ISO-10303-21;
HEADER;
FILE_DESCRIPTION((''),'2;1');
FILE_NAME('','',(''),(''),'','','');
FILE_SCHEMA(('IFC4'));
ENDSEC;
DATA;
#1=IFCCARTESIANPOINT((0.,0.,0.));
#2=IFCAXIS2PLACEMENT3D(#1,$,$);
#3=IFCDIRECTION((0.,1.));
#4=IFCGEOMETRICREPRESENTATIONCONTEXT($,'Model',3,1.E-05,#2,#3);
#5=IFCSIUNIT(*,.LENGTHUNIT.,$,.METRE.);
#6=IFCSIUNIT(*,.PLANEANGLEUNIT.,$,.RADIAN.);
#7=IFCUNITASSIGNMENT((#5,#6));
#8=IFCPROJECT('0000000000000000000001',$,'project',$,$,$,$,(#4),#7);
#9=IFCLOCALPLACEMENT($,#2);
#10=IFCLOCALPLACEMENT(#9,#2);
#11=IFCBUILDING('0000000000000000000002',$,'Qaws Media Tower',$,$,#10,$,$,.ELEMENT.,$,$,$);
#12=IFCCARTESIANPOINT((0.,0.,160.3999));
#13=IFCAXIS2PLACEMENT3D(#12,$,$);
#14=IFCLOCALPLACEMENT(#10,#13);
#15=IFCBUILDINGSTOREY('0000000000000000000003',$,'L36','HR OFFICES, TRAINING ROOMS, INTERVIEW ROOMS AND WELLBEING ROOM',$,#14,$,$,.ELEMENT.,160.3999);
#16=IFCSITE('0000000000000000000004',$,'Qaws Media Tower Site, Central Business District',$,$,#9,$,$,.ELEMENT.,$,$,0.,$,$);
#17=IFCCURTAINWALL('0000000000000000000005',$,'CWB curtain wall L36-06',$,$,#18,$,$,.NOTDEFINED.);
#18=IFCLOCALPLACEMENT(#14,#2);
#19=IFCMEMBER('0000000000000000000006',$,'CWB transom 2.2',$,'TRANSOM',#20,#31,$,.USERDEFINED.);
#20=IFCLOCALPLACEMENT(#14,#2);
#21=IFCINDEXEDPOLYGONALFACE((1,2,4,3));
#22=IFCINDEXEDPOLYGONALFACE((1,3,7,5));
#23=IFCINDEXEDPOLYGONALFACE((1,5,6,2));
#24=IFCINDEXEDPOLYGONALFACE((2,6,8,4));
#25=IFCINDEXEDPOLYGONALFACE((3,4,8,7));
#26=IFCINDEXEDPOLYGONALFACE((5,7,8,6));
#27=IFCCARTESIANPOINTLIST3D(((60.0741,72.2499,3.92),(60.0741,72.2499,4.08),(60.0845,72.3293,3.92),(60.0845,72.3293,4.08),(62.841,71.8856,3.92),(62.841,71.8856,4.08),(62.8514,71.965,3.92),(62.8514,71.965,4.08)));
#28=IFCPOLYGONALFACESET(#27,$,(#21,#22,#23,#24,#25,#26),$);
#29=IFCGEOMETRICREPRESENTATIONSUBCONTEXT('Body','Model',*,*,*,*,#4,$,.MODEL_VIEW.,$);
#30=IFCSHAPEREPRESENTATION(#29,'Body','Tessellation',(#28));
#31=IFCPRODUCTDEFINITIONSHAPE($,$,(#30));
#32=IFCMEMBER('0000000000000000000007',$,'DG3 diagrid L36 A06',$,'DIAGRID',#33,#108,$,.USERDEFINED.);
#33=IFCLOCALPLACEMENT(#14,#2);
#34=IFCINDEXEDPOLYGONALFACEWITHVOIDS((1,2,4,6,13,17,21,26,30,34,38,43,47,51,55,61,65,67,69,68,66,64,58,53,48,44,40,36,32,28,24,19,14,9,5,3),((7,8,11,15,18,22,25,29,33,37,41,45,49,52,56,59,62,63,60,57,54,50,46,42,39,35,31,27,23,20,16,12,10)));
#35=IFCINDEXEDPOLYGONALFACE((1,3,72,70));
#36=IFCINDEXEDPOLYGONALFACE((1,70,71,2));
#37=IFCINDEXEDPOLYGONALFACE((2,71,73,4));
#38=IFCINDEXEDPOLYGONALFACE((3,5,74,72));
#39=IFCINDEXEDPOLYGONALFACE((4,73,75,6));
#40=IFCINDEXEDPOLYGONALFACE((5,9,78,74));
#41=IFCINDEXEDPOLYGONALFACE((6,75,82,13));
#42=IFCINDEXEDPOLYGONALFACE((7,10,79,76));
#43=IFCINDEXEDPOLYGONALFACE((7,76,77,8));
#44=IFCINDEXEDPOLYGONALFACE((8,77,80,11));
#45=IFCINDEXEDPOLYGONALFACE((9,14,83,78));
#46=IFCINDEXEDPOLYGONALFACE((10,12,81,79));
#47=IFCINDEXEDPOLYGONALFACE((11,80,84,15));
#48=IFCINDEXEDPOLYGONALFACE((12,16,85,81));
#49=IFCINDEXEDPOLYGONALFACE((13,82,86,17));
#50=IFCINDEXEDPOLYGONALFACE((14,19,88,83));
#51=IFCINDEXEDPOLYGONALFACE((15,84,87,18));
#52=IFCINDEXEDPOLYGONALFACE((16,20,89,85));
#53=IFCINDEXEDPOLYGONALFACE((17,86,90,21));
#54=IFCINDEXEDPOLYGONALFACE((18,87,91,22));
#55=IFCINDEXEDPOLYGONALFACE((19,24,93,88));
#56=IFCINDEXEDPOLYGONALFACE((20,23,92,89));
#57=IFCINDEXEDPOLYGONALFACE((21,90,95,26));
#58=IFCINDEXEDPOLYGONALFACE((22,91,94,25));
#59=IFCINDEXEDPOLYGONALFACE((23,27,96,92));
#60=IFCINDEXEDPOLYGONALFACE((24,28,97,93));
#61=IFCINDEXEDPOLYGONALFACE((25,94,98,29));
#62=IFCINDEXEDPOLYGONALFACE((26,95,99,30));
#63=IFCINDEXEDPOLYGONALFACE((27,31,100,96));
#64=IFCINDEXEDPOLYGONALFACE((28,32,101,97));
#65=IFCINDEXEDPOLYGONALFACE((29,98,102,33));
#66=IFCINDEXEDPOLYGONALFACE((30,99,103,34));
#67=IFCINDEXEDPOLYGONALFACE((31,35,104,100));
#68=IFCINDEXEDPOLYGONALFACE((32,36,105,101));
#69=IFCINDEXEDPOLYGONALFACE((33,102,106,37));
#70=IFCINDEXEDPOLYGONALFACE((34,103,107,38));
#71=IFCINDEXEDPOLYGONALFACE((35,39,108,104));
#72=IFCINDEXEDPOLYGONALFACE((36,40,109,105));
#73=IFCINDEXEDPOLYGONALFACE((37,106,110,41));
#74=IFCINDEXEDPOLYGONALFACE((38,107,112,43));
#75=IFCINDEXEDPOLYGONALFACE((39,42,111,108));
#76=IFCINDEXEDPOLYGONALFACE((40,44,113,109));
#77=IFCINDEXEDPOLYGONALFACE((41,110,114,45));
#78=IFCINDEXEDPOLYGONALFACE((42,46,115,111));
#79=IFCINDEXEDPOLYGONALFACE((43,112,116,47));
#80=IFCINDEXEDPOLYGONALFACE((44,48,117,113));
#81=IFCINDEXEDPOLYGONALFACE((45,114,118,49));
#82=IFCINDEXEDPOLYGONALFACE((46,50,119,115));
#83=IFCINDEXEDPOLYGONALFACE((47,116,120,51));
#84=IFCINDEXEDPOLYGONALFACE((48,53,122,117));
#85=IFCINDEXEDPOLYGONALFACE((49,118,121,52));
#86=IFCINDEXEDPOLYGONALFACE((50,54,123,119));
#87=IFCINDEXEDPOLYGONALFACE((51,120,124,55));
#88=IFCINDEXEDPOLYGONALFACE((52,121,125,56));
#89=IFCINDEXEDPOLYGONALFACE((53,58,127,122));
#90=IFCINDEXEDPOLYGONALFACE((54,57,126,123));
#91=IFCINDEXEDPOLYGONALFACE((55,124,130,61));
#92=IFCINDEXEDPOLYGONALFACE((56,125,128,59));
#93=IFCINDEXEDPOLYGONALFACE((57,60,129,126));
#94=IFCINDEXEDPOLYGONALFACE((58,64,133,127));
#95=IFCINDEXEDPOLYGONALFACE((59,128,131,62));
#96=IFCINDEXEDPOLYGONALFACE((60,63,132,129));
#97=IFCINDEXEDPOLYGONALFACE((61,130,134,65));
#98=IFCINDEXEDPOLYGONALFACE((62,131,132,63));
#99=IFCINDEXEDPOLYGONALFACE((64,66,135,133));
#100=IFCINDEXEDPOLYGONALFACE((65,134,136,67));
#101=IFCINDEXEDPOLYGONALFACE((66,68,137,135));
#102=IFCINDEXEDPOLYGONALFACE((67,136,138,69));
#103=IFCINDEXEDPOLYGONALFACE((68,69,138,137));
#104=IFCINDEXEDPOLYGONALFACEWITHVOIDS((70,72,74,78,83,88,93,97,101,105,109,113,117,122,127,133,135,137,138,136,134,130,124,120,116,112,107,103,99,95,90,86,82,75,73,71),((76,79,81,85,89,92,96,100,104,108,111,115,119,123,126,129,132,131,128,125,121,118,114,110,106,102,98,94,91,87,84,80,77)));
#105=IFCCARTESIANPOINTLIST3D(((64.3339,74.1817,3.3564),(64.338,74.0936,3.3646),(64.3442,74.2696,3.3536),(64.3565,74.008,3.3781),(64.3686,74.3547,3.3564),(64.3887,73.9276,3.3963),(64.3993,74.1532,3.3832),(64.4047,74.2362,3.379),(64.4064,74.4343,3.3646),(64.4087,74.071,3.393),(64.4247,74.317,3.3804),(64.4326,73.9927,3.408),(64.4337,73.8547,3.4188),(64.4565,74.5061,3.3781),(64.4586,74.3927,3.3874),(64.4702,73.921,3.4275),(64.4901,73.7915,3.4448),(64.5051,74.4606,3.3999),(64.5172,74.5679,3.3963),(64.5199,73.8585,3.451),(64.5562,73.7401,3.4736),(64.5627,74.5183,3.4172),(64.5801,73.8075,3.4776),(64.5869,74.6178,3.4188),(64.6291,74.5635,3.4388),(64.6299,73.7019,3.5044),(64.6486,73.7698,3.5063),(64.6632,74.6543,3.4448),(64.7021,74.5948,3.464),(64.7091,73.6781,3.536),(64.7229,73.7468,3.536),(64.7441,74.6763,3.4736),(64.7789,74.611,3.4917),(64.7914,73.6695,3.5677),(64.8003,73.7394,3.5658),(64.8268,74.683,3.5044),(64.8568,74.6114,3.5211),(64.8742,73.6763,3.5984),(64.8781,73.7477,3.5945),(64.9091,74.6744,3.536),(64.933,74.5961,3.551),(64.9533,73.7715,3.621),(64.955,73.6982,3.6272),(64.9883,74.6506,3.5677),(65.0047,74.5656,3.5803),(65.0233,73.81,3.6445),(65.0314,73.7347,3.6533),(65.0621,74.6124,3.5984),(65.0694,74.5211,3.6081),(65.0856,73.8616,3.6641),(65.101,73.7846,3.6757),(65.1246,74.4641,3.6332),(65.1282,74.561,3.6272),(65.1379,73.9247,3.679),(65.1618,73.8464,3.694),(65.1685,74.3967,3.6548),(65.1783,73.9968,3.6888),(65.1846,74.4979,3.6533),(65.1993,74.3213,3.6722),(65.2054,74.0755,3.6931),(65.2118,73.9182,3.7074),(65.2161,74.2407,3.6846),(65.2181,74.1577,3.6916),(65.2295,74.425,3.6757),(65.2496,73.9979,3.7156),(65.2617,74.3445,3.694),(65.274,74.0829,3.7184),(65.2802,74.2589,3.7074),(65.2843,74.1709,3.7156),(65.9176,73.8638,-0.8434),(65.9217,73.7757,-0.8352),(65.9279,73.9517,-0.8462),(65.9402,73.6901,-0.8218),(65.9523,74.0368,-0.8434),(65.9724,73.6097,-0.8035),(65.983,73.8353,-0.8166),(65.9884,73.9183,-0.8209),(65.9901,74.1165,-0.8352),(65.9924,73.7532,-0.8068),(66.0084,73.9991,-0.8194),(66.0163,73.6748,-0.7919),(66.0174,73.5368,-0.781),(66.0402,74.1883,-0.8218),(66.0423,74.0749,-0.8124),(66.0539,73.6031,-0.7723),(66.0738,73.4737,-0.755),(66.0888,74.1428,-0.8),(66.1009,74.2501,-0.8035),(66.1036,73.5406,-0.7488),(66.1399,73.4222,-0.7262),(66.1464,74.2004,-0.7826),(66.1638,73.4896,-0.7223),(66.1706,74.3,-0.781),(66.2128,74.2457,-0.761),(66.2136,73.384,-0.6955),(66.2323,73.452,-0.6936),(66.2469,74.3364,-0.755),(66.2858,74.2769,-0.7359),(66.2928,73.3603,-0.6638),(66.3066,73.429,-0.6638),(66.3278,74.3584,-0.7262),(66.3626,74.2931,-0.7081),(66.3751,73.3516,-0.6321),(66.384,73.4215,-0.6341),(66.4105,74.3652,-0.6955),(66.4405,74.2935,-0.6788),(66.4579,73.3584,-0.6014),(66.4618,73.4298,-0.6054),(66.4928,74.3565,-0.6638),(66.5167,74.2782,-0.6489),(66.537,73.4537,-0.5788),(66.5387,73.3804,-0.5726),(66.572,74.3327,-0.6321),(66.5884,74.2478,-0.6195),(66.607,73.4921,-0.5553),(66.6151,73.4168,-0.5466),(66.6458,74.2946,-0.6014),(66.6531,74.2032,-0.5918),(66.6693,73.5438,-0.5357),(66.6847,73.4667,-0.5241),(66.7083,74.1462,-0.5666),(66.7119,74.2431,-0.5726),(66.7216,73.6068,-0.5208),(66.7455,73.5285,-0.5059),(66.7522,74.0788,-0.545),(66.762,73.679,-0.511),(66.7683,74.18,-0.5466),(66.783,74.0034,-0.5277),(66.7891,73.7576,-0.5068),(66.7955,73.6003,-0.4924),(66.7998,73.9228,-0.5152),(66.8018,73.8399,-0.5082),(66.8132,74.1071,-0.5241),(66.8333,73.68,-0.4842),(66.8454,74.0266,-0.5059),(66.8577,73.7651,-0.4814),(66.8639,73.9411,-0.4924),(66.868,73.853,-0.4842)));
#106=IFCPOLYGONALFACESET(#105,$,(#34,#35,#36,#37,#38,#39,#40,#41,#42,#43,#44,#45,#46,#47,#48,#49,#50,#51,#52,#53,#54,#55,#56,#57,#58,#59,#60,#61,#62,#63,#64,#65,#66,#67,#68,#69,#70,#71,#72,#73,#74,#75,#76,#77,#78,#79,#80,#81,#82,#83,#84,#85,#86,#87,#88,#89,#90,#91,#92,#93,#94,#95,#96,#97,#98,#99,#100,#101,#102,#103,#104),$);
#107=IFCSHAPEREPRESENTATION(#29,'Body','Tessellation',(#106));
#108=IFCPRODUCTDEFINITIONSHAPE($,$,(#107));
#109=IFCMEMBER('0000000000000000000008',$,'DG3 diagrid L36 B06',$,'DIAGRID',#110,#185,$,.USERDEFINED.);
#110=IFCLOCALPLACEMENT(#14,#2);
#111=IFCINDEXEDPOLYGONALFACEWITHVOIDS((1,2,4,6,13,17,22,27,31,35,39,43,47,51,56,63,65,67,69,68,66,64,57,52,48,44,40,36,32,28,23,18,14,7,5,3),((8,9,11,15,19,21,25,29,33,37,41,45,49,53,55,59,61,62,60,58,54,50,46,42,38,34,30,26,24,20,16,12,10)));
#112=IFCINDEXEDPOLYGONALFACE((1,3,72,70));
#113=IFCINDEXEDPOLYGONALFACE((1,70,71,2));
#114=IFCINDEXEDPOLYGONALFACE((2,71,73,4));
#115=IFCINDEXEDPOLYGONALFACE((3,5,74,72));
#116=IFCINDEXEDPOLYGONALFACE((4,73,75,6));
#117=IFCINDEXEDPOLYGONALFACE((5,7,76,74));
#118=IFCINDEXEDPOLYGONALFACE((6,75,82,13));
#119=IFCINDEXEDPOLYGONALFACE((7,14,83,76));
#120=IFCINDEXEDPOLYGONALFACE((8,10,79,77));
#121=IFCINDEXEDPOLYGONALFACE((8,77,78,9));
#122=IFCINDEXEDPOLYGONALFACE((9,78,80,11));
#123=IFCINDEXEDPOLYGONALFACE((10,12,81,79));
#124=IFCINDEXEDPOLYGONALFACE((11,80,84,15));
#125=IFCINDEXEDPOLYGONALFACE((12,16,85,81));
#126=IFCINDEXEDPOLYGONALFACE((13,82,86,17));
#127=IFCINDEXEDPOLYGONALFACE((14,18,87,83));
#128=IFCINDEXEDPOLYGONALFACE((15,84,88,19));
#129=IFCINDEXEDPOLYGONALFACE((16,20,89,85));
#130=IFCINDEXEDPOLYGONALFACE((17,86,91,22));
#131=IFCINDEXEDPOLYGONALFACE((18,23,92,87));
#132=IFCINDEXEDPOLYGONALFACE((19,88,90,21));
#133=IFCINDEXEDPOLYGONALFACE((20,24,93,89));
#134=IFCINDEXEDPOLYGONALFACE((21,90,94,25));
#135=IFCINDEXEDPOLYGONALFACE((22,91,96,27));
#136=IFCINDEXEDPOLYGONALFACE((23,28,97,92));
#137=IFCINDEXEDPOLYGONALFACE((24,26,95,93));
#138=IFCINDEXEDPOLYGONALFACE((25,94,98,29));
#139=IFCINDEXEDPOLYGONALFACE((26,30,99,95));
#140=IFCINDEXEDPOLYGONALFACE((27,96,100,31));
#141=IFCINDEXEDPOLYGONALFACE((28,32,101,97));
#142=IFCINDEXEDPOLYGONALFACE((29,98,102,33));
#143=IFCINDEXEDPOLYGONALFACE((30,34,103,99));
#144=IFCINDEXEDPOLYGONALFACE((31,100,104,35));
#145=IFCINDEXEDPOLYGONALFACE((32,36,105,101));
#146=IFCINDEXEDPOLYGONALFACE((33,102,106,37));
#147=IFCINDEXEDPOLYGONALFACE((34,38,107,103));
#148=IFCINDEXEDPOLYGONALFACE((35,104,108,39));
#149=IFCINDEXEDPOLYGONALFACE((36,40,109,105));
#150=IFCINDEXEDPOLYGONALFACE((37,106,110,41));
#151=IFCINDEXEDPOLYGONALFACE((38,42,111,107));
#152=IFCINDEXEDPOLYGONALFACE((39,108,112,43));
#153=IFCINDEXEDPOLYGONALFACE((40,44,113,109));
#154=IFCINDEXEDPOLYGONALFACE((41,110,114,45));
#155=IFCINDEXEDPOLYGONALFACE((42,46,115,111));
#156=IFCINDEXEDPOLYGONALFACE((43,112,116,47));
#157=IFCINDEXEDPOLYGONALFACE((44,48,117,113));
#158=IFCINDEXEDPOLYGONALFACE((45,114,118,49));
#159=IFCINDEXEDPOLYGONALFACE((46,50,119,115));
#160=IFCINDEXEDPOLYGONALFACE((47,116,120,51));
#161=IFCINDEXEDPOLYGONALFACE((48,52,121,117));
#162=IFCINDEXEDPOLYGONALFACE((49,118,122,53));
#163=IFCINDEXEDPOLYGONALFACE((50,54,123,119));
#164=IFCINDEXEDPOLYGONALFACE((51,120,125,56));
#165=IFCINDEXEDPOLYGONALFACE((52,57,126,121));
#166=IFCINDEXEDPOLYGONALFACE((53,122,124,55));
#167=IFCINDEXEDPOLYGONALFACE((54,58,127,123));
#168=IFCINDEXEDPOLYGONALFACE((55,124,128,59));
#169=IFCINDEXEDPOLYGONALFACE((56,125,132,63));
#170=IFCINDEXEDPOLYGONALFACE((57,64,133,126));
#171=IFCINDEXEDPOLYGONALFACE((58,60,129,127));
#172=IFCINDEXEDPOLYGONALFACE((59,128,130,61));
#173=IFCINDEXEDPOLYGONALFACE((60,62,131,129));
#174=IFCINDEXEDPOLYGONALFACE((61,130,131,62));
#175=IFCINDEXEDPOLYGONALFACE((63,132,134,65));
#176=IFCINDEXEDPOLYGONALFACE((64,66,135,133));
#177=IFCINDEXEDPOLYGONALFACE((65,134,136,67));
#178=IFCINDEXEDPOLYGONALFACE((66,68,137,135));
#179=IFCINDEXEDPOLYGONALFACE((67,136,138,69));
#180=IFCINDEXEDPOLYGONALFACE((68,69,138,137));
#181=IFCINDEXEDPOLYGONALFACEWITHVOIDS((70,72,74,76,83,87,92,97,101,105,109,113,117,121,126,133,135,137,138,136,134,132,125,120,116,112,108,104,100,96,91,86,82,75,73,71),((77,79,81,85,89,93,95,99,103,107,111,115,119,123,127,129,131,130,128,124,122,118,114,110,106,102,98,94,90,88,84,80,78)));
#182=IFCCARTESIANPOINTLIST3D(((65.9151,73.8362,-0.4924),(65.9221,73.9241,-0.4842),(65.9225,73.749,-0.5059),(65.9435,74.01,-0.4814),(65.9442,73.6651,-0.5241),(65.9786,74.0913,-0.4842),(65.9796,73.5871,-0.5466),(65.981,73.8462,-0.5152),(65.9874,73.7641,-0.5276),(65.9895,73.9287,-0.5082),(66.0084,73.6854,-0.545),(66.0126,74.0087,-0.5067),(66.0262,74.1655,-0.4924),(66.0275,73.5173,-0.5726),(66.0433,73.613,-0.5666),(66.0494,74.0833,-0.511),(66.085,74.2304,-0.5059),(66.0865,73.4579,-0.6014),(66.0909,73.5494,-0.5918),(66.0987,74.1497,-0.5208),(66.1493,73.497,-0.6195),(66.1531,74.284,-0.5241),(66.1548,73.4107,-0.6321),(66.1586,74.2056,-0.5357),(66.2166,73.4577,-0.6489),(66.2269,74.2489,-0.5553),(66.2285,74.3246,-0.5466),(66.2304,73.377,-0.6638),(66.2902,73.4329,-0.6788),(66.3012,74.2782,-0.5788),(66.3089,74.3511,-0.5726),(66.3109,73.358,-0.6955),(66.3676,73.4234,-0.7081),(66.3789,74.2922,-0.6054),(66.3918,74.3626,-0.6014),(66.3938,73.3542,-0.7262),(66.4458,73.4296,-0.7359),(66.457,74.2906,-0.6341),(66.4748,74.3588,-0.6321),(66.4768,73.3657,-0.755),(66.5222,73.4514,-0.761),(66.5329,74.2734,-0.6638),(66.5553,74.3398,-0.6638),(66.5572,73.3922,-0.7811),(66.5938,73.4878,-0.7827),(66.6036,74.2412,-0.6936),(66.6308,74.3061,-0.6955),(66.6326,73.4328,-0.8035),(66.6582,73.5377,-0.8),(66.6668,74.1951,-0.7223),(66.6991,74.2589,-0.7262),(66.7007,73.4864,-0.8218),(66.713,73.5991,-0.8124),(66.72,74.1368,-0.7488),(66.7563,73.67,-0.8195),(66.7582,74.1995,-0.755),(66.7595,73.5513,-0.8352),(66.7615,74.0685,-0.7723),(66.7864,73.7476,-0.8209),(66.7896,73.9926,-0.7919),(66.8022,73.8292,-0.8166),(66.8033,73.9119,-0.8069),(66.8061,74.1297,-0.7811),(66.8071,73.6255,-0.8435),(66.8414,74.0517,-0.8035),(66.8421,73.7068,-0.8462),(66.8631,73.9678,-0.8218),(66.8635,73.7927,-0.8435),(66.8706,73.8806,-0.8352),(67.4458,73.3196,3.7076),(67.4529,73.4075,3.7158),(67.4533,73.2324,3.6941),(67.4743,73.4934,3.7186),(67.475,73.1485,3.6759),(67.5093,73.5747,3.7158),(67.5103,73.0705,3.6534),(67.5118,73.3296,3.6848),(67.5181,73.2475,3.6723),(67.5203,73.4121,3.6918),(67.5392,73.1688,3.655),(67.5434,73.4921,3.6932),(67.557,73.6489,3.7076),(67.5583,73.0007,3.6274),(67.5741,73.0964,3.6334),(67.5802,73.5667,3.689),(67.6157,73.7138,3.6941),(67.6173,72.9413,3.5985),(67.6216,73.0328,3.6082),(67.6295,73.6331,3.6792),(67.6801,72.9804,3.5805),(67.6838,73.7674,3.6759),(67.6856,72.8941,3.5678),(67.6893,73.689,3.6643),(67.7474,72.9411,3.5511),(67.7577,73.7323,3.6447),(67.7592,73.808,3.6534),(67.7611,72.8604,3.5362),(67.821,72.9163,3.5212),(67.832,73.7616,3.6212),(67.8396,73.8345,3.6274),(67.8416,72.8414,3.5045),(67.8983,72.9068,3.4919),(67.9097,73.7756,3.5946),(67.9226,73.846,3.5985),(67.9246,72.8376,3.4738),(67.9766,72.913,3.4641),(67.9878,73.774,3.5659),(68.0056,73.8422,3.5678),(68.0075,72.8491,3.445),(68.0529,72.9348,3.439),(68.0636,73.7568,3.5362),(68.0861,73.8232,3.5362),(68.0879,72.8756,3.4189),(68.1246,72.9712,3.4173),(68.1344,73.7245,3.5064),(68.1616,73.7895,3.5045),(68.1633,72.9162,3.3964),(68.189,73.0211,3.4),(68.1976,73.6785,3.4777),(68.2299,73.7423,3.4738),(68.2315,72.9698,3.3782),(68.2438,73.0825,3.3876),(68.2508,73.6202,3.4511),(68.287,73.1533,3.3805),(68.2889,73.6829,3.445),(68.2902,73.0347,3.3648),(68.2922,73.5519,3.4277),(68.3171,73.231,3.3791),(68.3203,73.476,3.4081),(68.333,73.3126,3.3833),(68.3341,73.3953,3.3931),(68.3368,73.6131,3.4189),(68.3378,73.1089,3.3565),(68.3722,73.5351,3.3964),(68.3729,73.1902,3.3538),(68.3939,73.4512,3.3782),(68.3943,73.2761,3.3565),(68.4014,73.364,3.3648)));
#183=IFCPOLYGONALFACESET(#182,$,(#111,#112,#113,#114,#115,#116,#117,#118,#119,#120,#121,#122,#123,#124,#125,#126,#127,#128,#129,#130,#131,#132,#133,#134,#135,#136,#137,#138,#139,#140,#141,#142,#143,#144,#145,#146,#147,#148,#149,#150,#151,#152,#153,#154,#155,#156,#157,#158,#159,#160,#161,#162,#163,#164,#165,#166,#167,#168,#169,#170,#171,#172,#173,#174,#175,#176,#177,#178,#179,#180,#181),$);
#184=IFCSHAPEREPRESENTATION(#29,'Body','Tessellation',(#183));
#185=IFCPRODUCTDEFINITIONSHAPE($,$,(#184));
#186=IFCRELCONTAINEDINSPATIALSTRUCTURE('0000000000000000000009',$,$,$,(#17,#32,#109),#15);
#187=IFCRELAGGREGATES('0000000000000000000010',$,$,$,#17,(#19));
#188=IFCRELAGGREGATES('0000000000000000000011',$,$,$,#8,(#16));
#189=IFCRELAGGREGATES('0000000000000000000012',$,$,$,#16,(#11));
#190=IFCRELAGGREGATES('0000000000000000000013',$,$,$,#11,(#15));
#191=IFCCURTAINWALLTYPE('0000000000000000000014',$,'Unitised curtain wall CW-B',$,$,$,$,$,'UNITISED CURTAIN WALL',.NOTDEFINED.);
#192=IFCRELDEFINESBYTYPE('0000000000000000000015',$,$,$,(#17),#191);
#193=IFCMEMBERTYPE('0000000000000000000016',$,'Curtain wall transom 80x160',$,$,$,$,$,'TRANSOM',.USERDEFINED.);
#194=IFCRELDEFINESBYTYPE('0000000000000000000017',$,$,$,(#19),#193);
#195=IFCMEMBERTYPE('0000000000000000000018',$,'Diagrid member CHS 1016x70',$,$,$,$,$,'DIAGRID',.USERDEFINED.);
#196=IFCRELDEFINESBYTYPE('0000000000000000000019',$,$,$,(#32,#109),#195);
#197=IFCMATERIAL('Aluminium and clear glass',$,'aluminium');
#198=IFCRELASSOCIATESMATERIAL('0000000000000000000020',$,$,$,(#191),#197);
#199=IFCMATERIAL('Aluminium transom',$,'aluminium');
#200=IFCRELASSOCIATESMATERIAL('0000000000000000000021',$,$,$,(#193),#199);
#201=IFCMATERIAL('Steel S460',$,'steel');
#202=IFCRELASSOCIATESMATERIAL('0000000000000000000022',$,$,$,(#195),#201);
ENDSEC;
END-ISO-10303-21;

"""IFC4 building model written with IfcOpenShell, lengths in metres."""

from ifc_helpers import new_model, si_unit, direction, frame, origin, origin_2d, place, context, subcontext, project, spatial, rectangle, hollow_circle, extrude, material, material_profile, profile_set, type_object, element, aggregate, save


model = new_model("IFC4")

# Units and contexts
model_context = context("Model", 3, precision=1e-05, world=origin(), true_north=direction((0.0, 1.0)))
body_context = subcontext(model_context, "Body", "Model", "MODEL_VIEW")
ifc_project = project(units=[si_unit("LENGTHUNIT", "METRE"), si_unit("PLANEANGLEUNIT", "RADIAN")], contexts=[model_context])

# Site, building, storey
site_placement = place(None, origin())
site = spatial("IfcSite", under=ifc_project, at=site_placement, Name="Qaws Media Tower Site, Central Business District", CompositionType="ELEMENT", RefElevation=0.0)
building_placement = place(site_placement, origin())
building = spatial("IfcBuilding", under=site, at=building_placement, Name="Qaws Media Tower", CompositionType="ELEMENT")
storey_placement = place(building_placement, frame((0.0, 0.0, 160.3999)))
storey = spatial("IfcBuildingStorey", under=building, at=storey_placement, Name="L36", Description="HR OFFICES, TRAINING ROOMS, INTERVIEW ROOMS AND WELLBEING ROOM", CompositionType="ELEMENT", Elevation=160.3999)

# Shared definitions
ifc_material_1 = material(Name="Aluminium and clear glass", Category="aluminium")
curtain_wall_type = type_object("IfcCurtainWallType", Name="Unitised curtain wall CW-B", ElementType="UNITISED CURTAIN WALL", PredefinedType="NOTDEFINED", material=ifc_material_1)

# Curtain wall
curtain_wall_1_placement = place(storey_placement, origin())
curtain_wall_1 = element("IfcCurtainWall", 1, at=curtain_wall_1_placement, inside=storey, type_object=curtain_wall_type, Name="CWB curtain wall L36-06", PredefinedType="NOTDEFINED")

# Member
ifc_material_2 = material(Name="Aluminium transom", Category="aluminium")
ifc_material_profile_1 = material_profile(ifc_material_2, rectangle(XDim=0.0801, YDim=0.1599, at=origin_2d()), Name="80x160")
ifc_profile_set_1 = profile_set([ifc_material_profile_1], Name="Aluminium transom")
member_type_1 = type_object("IfcMemberType", Name="Curtain wall transom 80x160", ElementType="TRANSOM", PredefinedType="USERDEFINED", material=ifc_profile_set_1)
member_1_placement = place(storey_placement, frame((62.8462, 71.9253, 4.0), z_axis=(-0.991445, 0.130525, 0.0), x_axis=(-0.130525, -0.991445, 0.0)))
member_1 = element("IfcMember", 2, at=member_1_placement, type_object=member_type_1, Name="CWB transom 2.2", ObjectType="TRANSOM", PredefinedType="USERDEFINED", context=body_context, shape_type="SweptSolid", body=[
    extrude(rectangle(XDim=0.0801, YDim=0.1599, at=origin_2d()), origin(), (0.0, 0.0, 1.0), 2.7908),
])

# Members
ifc_material_3 = material(Name="Steel S460", Category="steel")
ifc_material_profile_2 = material_profile(ifc_material_3, hollow_circle(Radius=0.5081, WallThickness=0.0701, at=origin_2d()), Name="CHS 1016x70")
ifc_profile_set_2 = profile_set([ifc_material_profile_2], Name="Steel S460")
member_type_2 = type_object("IfcMemberType", Name="Diagrid member CHS 1016x70", ElementType="DIAGRID", PredefinedType="USERDEFINED", material=ifc_profile_set_2)
member_2_placement = place(storey_placement, frame((66.3928, 73.8584, -0.6638), z_axis=(-0.351952, 0.07064, 0.933349), x_axis=(-0.196785, -0.980447, 0.0)))
element("IfcMember", 3, at=member_2_placement, inside=storey, type_object=member_type_2, Name="DG3 diagrid L36 A06", ObjectType="DIAGRID", PredefinedType="USERDEFINED", context=body_context, shape_type="SweptSolid", body=[
    extrude(hollow_circle(Radius=0.5081, WallThickness=0.0701, at=origin_2d()), origin(), (0.0, 0.0, 1.0), 4.4998),
])
for number, where, z_axis, x_axis, name in (
    (4, (66.3928, 73.8584, -0.6638), (0.340172, -0.114801, 0.933329), (0.319762, 0.947498, 0.0), "DG3 diagrid L36 B06"),
):
    element("IfcMember", number, at=place(storey_placement, frame(where, z_axis=z_axis, x_axis=x_axis)), inside=storey, type_object=member_type_2, Name=name, ObjectType="DIAGRID", PredefinedType="USERDEFINED", context=body_context, shape_type="SweptSolid", body=[
        extrude(hollow_circle(Radius=0.5081, WallThickness=0.0701, at=origin_2d()), origin(), (0.0, 0.0, 1.0), 4.5),
    ])

aggregate(curtain_wall_1, [member_1])

save(model, "model.ifc")
